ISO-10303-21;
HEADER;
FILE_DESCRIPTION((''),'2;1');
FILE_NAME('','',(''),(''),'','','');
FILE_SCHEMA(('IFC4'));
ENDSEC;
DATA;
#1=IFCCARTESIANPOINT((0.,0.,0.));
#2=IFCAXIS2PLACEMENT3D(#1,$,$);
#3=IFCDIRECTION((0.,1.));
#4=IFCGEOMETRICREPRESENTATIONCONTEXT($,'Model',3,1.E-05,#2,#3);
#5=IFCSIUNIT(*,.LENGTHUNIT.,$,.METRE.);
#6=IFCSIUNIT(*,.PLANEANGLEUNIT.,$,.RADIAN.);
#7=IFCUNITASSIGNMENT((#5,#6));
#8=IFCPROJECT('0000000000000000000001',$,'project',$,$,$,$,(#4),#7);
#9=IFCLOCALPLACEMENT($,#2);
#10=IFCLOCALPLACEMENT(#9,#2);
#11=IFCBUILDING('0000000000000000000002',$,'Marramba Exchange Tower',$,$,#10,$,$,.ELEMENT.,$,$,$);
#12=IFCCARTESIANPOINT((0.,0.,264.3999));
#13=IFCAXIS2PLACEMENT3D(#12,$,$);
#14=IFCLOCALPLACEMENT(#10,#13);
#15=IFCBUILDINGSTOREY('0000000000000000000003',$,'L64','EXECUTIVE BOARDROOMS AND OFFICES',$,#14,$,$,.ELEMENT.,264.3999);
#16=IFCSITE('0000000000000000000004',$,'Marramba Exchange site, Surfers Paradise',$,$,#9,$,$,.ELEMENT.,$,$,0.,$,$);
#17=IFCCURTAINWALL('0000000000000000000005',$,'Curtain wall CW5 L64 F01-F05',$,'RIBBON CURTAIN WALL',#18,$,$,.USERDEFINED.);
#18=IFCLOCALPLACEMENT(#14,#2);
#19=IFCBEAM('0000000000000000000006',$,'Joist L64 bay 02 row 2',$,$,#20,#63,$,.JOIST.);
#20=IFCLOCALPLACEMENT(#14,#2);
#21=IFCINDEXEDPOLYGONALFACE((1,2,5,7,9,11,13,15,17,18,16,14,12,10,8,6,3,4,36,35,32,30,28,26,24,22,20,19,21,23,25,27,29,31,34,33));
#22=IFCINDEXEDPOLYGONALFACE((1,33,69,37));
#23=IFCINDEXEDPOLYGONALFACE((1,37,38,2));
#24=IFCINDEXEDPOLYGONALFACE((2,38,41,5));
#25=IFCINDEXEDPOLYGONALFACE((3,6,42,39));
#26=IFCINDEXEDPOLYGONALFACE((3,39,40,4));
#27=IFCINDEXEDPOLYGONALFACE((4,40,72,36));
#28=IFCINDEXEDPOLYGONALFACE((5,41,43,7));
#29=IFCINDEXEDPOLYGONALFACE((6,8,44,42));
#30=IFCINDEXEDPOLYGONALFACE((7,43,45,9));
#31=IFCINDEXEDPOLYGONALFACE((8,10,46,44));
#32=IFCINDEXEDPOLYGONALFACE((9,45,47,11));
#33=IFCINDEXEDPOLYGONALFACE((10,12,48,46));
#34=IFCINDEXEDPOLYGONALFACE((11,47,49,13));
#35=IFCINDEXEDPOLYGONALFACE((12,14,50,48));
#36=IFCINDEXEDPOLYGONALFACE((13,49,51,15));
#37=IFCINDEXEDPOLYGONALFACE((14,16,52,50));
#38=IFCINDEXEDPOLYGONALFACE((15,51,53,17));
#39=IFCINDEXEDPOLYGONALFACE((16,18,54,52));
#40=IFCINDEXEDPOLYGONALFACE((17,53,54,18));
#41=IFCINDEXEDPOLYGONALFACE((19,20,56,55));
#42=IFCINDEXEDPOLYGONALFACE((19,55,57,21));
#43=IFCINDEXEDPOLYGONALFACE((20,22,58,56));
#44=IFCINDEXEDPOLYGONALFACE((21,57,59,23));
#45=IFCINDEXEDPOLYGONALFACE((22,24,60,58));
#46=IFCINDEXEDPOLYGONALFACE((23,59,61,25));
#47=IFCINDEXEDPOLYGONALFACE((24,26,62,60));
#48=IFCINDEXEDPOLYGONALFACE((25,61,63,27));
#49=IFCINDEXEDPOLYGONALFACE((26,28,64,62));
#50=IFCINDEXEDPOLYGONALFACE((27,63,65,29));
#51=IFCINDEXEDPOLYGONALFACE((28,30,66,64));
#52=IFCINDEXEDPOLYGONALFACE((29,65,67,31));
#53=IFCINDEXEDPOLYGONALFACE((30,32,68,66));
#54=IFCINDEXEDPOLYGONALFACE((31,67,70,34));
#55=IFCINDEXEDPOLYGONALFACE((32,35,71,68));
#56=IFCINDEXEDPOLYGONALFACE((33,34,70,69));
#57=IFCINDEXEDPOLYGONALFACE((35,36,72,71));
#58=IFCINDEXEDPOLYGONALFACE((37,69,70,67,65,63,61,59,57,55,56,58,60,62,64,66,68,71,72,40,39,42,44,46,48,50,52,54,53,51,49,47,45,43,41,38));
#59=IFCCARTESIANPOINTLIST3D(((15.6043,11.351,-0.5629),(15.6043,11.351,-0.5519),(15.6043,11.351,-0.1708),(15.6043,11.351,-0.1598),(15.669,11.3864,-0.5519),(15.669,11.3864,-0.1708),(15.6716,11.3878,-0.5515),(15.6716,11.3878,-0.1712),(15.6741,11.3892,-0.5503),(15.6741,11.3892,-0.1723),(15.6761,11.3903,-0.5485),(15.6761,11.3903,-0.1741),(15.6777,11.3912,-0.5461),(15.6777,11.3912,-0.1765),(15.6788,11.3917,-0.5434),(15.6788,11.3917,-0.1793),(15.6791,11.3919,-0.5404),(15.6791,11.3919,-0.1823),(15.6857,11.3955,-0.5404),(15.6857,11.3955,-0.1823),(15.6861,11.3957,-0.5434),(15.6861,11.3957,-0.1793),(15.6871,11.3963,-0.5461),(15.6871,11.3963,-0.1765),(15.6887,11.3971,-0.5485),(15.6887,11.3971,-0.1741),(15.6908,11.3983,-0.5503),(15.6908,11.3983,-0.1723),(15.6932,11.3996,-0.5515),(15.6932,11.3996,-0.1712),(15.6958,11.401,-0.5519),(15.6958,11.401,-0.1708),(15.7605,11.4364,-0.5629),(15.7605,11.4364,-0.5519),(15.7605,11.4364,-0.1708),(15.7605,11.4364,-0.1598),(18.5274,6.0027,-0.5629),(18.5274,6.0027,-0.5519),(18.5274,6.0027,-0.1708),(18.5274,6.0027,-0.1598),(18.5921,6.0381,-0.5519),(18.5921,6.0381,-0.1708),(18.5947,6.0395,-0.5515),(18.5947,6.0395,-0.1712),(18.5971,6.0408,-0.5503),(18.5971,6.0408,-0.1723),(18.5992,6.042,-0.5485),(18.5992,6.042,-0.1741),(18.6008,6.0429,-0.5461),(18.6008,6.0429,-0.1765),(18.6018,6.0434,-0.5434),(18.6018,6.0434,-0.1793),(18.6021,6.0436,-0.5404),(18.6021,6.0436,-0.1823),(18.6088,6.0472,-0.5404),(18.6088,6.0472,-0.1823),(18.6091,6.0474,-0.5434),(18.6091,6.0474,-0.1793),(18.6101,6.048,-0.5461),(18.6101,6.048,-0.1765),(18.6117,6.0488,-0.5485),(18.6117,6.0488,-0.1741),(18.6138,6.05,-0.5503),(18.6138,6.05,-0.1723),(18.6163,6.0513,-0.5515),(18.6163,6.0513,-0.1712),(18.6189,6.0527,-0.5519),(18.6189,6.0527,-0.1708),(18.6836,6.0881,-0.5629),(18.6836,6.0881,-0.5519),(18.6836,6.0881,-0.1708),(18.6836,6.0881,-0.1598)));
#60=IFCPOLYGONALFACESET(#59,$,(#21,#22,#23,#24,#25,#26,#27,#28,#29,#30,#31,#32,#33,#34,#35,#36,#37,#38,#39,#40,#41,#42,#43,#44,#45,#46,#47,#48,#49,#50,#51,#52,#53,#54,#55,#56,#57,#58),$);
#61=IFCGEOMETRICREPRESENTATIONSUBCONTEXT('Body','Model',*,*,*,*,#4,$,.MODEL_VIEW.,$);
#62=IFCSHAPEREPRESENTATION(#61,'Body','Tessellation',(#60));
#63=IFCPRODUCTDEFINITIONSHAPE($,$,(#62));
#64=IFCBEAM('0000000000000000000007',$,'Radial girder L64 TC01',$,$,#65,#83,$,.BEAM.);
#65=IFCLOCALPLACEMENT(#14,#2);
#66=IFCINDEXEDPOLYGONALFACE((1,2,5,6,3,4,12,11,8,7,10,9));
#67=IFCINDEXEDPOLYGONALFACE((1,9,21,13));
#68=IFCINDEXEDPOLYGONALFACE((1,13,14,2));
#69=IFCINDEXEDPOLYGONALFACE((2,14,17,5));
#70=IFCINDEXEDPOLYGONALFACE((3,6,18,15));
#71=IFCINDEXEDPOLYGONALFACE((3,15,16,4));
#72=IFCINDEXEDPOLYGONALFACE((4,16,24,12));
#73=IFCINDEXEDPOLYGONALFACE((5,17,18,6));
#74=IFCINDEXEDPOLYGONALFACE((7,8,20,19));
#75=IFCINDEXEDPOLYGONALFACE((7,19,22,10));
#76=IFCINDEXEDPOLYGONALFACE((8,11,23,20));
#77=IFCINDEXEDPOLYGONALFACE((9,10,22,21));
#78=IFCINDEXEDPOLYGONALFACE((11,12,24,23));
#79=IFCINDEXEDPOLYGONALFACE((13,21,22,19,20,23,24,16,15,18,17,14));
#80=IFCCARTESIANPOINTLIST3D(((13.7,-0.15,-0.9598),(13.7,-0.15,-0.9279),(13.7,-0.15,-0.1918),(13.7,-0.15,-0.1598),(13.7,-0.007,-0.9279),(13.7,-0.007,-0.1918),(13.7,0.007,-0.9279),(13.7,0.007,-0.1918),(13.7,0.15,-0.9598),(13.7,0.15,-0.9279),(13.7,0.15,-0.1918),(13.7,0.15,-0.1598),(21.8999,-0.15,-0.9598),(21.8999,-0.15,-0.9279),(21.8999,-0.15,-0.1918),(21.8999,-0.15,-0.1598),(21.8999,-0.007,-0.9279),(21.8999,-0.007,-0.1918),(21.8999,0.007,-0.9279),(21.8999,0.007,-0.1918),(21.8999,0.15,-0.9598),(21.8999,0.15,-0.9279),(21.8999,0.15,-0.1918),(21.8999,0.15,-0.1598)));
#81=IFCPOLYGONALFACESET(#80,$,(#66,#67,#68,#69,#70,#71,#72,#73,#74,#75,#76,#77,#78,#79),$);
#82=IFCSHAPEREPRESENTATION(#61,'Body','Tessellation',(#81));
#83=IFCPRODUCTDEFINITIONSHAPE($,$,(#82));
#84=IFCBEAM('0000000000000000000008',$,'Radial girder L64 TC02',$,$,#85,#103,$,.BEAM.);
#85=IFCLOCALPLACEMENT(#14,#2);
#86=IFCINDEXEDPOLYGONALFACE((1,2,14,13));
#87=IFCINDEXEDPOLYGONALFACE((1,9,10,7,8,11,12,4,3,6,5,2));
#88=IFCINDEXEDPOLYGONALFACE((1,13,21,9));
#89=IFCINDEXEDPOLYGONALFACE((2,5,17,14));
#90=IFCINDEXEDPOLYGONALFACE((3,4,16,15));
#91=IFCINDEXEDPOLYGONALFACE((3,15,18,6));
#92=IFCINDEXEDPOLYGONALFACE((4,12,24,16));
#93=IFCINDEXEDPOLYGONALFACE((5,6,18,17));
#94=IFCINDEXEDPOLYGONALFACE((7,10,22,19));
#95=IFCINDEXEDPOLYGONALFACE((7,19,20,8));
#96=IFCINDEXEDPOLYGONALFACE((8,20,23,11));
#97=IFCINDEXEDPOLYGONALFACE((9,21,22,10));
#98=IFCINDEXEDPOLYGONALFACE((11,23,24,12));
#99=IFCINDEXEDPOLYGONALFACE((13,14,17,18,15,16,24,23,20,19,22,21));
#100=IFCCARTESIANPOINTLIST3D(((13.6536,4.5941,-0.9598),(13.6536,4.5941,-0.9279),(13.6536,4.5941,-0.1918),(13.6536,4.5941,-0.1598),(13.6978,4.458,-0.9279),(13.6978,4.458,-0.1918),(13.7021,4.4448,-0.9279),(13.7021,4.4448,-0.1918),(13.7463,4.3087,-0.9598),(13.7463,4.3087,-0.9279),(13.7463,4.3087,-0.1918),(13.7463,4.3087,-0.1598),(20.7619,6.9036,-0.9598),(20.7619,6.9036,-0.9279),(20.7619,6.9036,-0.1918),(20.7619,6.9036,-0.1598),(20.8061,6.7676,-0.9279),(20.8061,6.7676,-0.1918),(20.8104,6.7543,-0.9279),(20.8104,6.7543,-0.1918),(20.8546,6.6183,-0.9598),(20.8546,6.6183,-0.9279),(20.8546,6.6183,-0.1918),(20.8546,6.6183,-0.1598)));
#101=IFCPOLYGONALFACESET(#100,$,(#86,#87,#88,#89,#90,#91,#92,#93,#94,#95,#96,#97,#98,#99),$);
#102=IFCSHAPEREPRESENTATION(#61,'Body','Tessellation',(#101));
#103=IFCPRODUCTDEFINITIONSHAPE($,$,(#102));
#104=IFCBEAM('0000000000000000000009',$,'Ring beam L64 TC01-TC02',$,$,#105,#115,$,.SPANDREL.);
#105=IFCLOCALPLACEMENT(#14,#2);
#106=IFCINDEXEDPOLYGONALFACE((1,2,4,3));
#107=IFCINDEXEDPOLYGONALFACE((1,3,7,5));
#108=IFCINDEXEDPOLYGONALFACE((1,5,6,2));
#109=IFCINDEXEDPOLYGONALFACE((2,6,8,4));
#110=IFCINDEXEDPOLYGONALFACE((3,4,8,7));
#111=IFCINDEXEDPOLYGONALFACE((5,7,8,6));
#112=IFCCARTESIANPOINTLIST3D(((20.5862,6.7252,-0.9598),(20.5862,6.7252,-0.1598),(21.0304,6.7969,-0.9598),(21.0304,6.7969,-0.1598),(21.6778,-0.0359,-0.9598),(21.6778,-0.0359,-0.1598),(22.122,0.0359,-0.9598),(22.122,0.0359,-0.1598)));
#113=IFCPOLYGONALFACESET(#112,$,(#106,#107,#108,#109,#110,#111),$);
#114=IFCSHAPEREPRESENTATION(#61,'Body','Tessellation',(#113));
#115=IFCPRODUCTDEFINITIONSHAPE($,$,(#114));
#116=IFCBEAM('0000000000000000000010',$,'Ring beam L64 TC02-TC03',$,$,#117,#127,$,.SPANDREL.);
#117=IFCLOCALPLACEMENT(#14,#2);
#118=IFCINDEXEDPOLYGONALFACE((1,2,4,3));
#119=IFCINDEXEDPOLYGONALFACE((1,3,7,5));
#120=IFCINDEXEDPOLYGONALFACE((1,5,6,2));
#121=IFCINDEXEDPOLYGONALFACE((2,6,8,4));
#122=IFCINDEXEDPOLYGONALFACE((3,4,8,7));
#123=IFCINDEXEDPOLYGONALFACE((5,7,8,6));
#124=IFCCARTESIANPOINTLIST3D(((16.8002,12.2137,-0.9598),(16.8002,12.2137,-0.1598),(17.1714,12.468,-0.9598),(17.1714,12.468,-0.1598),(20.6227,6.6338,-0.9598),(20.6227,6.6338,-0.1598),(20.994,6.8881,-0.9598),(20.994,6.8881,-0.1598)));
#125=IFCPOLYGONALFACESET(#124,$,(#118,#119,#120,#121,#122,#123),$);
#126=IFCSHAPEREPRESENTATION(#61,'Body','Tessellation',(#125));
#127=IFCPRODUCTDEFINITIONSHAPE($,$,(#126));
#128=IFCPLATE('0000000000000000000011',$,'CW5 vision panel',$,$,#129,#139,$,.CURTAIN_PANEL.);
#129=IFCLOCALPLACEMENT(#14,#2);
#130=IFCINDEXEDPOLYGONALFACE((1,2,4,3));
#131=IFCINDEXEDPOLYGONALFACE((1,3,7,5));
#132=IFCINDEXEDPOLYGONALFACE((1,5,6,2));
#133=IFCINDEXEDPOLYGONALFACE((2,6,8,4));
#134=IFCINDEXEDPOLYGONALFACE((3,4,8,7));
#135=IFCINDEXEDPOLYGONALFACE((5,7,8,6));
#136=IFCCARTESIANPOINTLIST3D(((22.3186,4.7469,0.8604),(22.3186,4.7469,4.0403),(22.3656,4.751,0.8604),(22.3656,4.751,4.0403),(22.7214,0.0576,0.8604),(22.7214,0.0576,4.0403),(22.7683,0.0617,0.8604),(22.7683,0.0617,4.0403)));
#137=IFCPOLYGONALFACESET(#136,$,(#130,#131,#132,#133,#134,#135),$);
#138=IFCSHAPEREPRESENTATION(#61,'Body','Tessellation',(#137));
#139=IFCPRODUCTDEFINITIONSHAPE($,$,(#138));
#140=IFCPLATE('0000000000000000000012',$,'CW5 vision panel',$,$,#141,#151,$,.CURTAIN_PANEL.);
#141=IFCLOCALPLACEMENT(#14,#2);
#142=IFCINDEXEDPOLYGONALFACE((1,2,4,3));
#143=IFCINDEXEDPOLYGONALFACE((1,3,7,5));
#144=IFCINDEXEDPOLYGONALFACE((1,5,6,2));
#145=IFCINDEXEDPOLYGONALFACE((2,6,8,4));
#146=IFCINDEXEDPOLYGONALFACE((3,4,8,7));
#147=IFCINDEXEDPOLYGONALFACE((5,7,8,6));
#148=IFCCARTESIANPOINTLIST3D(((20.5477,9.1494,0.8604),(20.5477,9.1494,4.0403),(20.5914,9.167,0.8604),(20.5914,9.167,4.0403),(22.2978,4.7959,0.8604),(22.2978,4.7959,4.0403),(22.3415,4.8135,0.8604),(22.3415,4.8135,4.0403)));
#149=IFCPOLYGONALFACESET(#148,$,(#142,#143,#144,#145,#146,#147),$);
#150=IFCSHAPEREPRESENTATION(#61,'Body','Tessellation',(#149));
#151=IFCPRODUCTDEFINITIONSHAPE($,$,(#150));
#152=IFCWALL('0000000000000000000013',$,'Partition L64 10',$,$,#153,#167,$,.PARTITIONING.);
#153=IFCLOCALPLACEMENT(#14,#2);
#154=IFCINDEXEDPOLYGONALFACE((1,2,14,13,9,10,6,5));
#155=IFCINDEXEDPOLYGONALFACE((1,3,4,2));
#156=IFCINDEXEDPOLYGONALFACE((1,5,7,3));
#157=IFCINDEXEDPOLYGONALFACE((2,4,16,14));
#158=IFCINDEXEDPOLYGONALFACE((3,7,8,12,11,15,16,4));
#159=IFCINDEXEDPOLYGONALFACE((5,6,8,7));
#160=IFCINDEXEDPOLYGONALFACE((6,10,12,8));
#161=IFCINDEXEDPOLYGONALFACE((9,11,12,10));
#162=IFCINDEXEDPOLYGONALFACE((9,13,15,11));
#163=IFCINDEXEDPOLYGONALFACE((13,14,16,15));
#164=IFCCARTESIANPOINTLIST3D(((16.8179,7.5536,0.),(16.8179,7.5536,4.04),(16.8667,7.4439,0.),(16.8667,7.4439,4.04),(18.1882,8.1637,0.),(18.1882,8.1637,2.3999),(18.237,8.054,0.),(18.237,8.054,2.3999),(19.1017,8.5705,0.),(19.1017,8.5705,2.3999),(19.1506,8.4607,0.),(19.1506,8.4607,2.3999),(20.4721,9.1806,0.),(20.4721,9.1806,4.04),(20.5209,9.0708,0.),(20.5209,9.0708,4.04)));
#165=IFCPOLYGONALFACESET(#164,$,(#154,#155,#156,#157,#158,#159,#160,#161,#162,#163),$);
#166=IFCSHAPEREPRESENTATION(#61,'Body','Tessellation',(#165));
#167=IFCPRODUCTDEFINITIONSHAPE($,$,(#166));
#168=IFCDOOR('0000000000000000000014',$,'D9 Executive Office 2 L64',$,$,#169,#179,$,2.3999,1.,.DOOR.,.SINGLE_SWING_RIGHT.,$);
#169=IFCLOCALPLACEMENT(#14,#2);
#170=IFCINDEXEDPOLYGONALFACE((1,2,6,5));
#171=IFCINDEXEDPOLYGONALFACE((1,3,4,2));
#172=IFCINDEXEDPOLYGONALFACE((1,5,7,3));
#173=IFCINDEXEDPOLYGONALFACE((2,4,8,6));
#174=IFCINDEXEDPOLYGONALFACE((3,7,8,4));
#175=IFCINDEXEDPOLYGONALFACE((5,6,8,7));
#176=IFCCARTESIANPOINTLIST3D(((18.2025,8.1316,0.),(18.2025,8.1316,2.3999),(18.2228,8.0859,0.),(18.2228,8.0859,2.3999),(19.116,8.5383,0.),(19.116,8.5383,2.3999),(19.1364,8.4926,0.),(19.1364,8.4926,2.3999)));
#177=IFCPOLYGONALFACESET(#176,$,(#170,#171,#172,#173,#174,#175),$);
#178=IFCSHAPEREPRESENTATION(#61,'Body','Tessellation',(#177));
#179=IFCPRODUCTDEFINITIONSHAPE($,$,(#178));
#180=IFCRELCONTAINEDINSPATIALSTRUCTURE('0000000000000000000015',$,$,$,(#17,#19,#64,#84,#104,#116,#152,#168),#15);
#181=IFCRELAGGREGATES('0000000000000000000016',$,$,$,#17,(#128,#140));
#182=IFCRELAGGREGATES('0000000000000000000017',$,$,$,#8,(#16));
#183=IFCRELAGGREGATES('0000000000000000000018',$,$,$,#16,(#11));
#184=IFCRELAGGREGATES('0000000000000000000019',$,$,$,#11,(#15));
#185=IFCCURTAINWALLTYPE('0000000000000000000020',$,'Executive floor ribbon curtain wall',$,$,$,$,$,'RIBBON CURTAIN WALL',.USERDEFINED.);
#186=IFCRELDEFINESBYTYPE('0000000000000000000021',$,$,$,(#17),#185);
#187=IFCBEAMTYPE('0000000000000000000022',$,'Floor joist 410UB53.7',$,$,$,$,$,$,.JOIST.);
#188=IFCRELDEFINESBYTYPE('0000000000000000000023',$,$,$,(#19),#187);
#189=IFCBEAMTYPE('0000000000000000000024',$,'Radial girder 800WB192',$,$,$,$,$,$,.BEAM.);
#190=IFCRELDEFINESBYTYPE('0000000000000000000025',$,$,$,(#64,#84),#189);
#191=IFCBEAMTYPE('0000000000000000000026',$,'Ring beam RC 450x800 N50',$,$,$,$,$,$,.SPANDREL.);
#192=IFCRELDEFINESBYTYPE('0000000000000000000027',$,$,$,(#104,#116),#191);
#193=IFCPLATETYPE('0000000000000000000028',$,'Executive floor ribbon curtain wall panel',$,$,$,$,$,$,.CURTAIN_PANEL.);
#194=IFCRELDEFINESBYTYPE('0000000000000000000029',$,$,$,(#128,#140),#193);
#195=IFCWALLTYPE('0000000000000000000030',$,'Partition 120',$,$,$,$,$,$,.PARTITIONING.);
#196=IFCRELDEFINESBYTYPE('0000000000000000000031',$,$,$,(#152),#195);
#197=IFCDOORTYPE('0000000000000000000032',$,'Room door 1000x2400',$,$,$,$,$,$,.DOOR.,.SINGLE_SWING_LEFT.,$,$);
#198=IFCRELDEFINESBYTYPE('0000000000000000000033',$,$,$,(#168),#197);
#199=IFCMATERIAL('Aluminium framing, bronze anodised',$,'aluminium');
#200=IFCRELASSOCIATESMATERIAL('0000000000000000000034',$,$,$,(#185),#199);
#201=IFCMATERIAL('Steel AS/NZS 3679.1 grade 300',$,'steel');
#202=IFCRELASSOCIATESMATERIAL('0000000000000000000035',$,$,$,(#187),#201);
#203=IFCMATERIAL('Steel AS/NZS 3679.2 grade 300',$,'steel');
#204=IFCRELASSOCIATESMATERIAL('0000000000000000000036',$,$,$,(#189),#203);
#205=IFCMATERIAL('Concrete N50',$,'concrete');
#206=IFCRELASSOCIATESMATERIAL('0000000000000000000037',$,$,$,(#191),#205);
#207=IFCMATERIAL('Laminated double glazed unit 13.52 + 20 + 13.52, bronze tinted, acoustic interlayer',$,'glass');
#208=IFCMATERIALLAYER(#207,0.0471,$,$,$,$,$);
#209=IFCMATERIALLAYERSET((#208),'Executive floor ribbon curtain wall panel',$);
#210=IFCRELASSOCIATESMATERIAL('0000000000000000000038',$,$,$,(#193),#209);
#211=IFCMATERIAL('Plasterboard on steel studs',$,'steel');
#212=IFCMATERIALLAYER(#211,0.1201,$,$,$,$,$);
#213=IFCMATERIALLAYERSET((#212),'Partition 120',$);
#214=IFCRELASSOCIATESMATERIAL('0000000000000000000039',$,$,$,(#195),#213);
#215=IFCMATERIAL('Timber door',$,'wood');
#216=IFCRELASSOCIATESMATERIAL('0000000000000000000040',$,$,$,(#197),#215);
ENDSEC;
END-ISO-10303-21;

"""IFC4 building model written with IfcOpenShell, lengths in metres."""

from ifc_helpers import new_model, si_unit, direction, frame, frame_2d, origin, origin_2d, place, context, subcontext, project, spatial, rectangle, i_section, extrude, material, layer, layer_set, material_profile, profile_set, type_object, element, fill, aggregate, save


model = new_model("IFC4")

# Units and contexts
model_context = context("Model", 3, precision=1e-05, world=origin(), true_north=direction((0.0, 1.0)))
body_context = subcontext(model_context, "Body", "Model", "MODEL_VIEW")
ifc_project = project(units=[si_unit("LENGTHUNIT", "METRE"), si_unit("PLANEANGLEUNIT", "RADIAN")], contexts=[model_context])

# Site, building, storey
site_placement = place(None, origin())
site = spatial("IfcSite", under=ifc_project, at=site_placement, Name="Marramba Exchange site, Surfers Paradise", CompositionType="ELEMENT", RefElevation=0.0)
building_placement = place(site_placement, origin())
building = spatial("IfcBuilding", under=site, at=building_placement, Name="Marramba Exchange Tower", CompositionType="ELEMENT")
storey_placement = place(building_placement, frame((0.0, 0.0, 264.3999)))
storey = spatial("IfcBuildingStorey", under=building, at=storey_placement, Name="L64", Description="EXECUTIVE BOARDROOMS AND OFFICES", CompositionType="ELEMENT", Elevation=264.3999)

# Shared definitions
ifc_material_1 = material(Name="Concrete N50", Category="concrete")

# Curtain wall
ifc_material_2 = material(Name="Aluminium framing, bronze anodised", Category="aluminium")
curtain_wall_type = type_object("IfcCurtainWallType", Name="Executive floor ribbon curtain wall", ElementType="RIBBON CURTAIN WALL", PredefinedType="USERDEFINED", material=ifc_material_2)
curtain_wall_placement = place(storey_placement, origin())
curtain_wall = element("IfcCurtainWall", 1, at=curtain_wall_placement, inside=storey, type_object=curtain_wall_type, Name="Curtain wall CW5 L64 F01-F05", ObjectType="RIBBON CURTAIN WALL", PredefinedType="USERDEFINED")

# Beams
ifc_material_3 = material(Name="Steel AS/NZS 3679.1 grade 300", Category="steel")
ifc_material_profile_1 = material_profile(ifc_material_3, i_section(OverallWidth=0.178, OverallDepth=0.4031, WebThickness=0.0076, FlangeThickness=0.011, FilletRadius=0.0115, at=origin_2d()), Name="410UB53.7")
ifc_profile_set_1 = profile_set([ifc_material_profile_1], Name="Steel AS/NZS 3679.1 grade 300")
beam_type_1 = type_object("IfcBeamType", Name="Floor joist 410UB53.7", PredefinedType="JOIST", material=ifc_profile_set_1)
beam_1_placement = place(storey_placement, frame((18.6055, 6.0454, -0.3613), z_axis=(-0.479584, 0.877496, 0.0), x_axis=(-0.877496, -0.479584, 0.0)))
element("IfcBeam", 2, at=beam_1_placement, inside=storey, type_object=beam_type_1, Name="Joist L64 bay 02 row 2", PredefinedType="JOIST", context=body_context, shape_type="SweptSolid", body=[
    extrude(i_section(OverallWidth=0.178, OverallDepth=0.4031, WebThickness=0.0076, FlangeThickness=0.011, FilletRadius=0.0115, at=origin_2d()), origin(), (0.0, 0.0, 1.0), 6.095),
])
ifc_material_4 = material(Name="Steel AS/NZS 3679.2 grade 300", Category="steel")
ifc_material_profile_2 = material_profile(ifc_material_4, i_section(OverallWidth=0.3, OverallDepth=0.8, WebThickness=0.0139, FlangeThickness=0.032, at=origin_2d()), Name="800WB192")
ifc_profile_set_2 = profile_set([ifc_material_profile_2], Name="Steel AS/NZS 3679.2 grade 300")
beam_type_2 = type_object("IfcBeamType", Name="Radial girder 800WB192", PredefinedType="BEAM", material=ifc_profile_set_2)
beam_2_placement = place(storey_placement, frame((13.7, 0.0, -0.5598), z_axis=(1.0, 0.0, 0.0), x_axis=(0.0, 1.0, 0.0)))
element("IfcBeam", 3, at=beam_2_placement, inside=storey, type_object=beam_type_2, Name="Radial girder L64 TC01", PredefinedType="BEAM", context=body_context, shape_type="SweptSolid", body=[
    extrude(i_section(OverallWidth=0.3, OverallDepth=0.8, WebThickness=0.0139, FlangeThickness=0.032, at=origin_2d()), origin(), (0.0, 0.0, 1.0), 8.2),
])
beam_3_placement = place(storey_placement, frame((13.7, 4.4514, -0.5598), z_axis=(0.95106, 0.309006, 0.0), x_axis=(-0.309006, 0.95106, 0.0)))
element("IfcBeam", 4, at=beam_3_placement, inside=storey, type_object=beam_type_2, Name="Radial girder L64 TC02", PredefinedType="BEAM", context=body_context, shape_type="SweptSolid", body=[
    extrude(i_section(OverallWidth=0.3, OverallDepth=0.8, WebThickness=0.0139, FlangeThickness=0.032, at=origin_2d()), origin(), (0.0, 0.0, 1.0), 7.4741),
])
ifc_material_profile_3 = material_profile(ifc_material_1, rectangle(XDim=0.45, YDim=0.8, at=origin_2d()), Name="RC 450x800")
ifc_profile_set_3 = profile_set([ifc_material_profile_3], Name="Concrete N50")
beam_type_3 = type_object("IfcBeamType", Name="Ring beam RC 450x800 N50", PredefinedType="SPANDREL", material=ifc_profile_set_3)
beam_4_placement = place(storey_placement, frame((21.8999, 0.0, -0.5598), z_axis=(-0.159385, 0.987217, 0.0), x_axis=(-0.987217, -0.159385, 0.0)))
element("IfcBeam", 5, at=beam_4_placement, inside=storey, type_object=beam_type_3, Name="Ring beam L64 TC01-TC02", PredefinedType="SPANDREL", context=body_context, shape_type="SweptSolid", body=[
    extrude(rectangle(XDim=0.45, YDim=0.8, at=origin_2d()), origin(), (0.0, 0.0, 1.0), 6.8486),
])
beam_5_placement = place(storey_placement, frame((20.8083, 6.761, -0.5598), z_axis=(-0.56516, 0.824981, 0.0), x_axis=(-0.824981, -0.56516, 0.0)))
element("IfcBeam", 6, at=beam_5_placement, inside=storey, type_object=beam_type_3, Name="Ring beam L64 TC02-TC03", PredefinedType="SPANDREL", context=body_context, shape_type="SweptSolid", body=[
    extrude(rectangle(XDim=0.45, YDim=0.8, at=origin_2d()), origin(), (0.0, 0.0, 1.0), 6.7637),
])

# Plates
ifc_material_5 = material(Name="Laminated double glazed unit 13.52 + 20 + 13.52, bronze tinted, acoustic interlayer", Category="glass")
ifc_layer_1 = layer(ifc_material_5, 0.0471)
ifc_layer_set_1 = layer_set([ifc_layer_1], Name="Executive floor ribbon curtain wall panel")
plate_type = type_object("IfcPlateType", Name="Executive floor ribbon curtain wall panel", PredefinedType="CURTAIN_PANEL", material=ifc_layer_set_1)
plate_1_placement = place(storey_placement, frame((22.5435, 2.4043, 0.8604), z_axis=(0.0, 0.0, 1.0), x_axis=(-0.085574, 0.996332, 0.0)))
plate_1 = element("IfcPlate", 7, at=plate_1_placement, type_object=plate_type, Name="CW5 vision panel", PredefinedType="CURTAIN_PANEL", context=body_context, shape_type="SweptSolid", body=[
    extrude(rectangle(XDim=4.7065, YDim=0.0471, at=origin_2d()), origin(), (0.0, 0.0, 1.0), 3.1799),
])
plate_2_placement = place(storey_placement, frame((21.4446, 6.9814, 0.8604), z_axis=(0.0, 0.0, 1.0), x_axis=(-0.372983, 0.927838, 0.0)))
plate_2 = element("IfcPlate", 8, at=plate_2_placement, type_object=plate_type, Name="CW5 vision panel", PredefinedType="CURTAIN_PANEL", context=body_context, shape_type="SweptSolid", body=[
    extrude(rectangle(XDim=4.6921, YDim=0.0471, at=origin_2d()), origin(), (0.0, 0.0, 1.0), 3.1799),
])
aggregate(curtain_wall, [plate_1, plate_2])

# Wall, opening, door
ifc_material_6 = material(Name="Plasterboard on steel studs", Category="steel")
ifc_layer_2 = layer(ifc_material_6, 0.1201)
ifc_layer_set_2 = layer_set([ifc_layer_2], Name="Partition 120")
wall_type = type_object("IfcWallType", Name="Partition 120", PredefinedType="PARTITIONING", material=ifc_layer_set_2)
wall_placement = place(storey_placement, frame((16.8423, 7.4988, 0.0), z_axis=(0.0, 0.0, 1.0), x_axis=(0.91355, 0.406727, 0.0)))
wall = element("IfcWall", 9, at=wall_placement, inside=storey, type_object=wall_type, Name="Partition L64 10", PredefinedType="PARTITIONING", context=body_context, shape_type="SweptSolid", body=[
    extrude(rectangle(XDim=4.0, YDim=0.1201, at=frame_2d((2.0, 0.0))), origin(), (0.0, 0.0, 1.0), 4.04),
])
opening_placement = place(wall_placement, frame((1.5, 0.0, 0.0)))
opening = element("IfcOpeningElement", 10, at=opening_placement, cuts=wall, PredefinedType="OPENING", context=body_context, shape_type="SweptSolid", body=[
    extrude(rectangle(XDim=1.0, YDim=2.3999, at=frame_2d((0.5, 1.2))), frame((0.0, 0.0701, 0.0), z_axis=(0.0, -1.0, 0.0), x_axis=(1.0, 0.0, 0.0)), (0.0, 0.0, 1.0), 0.1401),
])
ifc_material_7 = material(Name="Timber door", Category="wood")
door_type = type_object("IfcDoorType", Name="Room door 1000x2400", OperationType="SINGLE_SWING_LEFT", PredefinedType="DOOR", material=ifc_material_7)
door_placement = place(opening_placement, origin())
door = element("IfcDoor", 11, at=door_placement, inside=storey, type_object=door_type, Name="D9 Executive Office 2 L64", OperationType="SINGLE_SWING_RIGHT", OverallHeight=2.3999, OverallWidth=1.0, PredefinedType="DOOR", context=body_context, shape_type="SweptSolid", body=[
    extrude(rectangle(XDim=1.0, YDim=2.3999, at=frame_2d((0.5, 1.2))), frame((0.0, 0.0249, 0.0), z_axis=(0.0, -1.0, 0.0), x_axis=(1.0, 0.0, 0.0)), (0.0, 0.0, 1.0), 0.05),
])
fill(opening, door)

save(model, "model.ifc")
